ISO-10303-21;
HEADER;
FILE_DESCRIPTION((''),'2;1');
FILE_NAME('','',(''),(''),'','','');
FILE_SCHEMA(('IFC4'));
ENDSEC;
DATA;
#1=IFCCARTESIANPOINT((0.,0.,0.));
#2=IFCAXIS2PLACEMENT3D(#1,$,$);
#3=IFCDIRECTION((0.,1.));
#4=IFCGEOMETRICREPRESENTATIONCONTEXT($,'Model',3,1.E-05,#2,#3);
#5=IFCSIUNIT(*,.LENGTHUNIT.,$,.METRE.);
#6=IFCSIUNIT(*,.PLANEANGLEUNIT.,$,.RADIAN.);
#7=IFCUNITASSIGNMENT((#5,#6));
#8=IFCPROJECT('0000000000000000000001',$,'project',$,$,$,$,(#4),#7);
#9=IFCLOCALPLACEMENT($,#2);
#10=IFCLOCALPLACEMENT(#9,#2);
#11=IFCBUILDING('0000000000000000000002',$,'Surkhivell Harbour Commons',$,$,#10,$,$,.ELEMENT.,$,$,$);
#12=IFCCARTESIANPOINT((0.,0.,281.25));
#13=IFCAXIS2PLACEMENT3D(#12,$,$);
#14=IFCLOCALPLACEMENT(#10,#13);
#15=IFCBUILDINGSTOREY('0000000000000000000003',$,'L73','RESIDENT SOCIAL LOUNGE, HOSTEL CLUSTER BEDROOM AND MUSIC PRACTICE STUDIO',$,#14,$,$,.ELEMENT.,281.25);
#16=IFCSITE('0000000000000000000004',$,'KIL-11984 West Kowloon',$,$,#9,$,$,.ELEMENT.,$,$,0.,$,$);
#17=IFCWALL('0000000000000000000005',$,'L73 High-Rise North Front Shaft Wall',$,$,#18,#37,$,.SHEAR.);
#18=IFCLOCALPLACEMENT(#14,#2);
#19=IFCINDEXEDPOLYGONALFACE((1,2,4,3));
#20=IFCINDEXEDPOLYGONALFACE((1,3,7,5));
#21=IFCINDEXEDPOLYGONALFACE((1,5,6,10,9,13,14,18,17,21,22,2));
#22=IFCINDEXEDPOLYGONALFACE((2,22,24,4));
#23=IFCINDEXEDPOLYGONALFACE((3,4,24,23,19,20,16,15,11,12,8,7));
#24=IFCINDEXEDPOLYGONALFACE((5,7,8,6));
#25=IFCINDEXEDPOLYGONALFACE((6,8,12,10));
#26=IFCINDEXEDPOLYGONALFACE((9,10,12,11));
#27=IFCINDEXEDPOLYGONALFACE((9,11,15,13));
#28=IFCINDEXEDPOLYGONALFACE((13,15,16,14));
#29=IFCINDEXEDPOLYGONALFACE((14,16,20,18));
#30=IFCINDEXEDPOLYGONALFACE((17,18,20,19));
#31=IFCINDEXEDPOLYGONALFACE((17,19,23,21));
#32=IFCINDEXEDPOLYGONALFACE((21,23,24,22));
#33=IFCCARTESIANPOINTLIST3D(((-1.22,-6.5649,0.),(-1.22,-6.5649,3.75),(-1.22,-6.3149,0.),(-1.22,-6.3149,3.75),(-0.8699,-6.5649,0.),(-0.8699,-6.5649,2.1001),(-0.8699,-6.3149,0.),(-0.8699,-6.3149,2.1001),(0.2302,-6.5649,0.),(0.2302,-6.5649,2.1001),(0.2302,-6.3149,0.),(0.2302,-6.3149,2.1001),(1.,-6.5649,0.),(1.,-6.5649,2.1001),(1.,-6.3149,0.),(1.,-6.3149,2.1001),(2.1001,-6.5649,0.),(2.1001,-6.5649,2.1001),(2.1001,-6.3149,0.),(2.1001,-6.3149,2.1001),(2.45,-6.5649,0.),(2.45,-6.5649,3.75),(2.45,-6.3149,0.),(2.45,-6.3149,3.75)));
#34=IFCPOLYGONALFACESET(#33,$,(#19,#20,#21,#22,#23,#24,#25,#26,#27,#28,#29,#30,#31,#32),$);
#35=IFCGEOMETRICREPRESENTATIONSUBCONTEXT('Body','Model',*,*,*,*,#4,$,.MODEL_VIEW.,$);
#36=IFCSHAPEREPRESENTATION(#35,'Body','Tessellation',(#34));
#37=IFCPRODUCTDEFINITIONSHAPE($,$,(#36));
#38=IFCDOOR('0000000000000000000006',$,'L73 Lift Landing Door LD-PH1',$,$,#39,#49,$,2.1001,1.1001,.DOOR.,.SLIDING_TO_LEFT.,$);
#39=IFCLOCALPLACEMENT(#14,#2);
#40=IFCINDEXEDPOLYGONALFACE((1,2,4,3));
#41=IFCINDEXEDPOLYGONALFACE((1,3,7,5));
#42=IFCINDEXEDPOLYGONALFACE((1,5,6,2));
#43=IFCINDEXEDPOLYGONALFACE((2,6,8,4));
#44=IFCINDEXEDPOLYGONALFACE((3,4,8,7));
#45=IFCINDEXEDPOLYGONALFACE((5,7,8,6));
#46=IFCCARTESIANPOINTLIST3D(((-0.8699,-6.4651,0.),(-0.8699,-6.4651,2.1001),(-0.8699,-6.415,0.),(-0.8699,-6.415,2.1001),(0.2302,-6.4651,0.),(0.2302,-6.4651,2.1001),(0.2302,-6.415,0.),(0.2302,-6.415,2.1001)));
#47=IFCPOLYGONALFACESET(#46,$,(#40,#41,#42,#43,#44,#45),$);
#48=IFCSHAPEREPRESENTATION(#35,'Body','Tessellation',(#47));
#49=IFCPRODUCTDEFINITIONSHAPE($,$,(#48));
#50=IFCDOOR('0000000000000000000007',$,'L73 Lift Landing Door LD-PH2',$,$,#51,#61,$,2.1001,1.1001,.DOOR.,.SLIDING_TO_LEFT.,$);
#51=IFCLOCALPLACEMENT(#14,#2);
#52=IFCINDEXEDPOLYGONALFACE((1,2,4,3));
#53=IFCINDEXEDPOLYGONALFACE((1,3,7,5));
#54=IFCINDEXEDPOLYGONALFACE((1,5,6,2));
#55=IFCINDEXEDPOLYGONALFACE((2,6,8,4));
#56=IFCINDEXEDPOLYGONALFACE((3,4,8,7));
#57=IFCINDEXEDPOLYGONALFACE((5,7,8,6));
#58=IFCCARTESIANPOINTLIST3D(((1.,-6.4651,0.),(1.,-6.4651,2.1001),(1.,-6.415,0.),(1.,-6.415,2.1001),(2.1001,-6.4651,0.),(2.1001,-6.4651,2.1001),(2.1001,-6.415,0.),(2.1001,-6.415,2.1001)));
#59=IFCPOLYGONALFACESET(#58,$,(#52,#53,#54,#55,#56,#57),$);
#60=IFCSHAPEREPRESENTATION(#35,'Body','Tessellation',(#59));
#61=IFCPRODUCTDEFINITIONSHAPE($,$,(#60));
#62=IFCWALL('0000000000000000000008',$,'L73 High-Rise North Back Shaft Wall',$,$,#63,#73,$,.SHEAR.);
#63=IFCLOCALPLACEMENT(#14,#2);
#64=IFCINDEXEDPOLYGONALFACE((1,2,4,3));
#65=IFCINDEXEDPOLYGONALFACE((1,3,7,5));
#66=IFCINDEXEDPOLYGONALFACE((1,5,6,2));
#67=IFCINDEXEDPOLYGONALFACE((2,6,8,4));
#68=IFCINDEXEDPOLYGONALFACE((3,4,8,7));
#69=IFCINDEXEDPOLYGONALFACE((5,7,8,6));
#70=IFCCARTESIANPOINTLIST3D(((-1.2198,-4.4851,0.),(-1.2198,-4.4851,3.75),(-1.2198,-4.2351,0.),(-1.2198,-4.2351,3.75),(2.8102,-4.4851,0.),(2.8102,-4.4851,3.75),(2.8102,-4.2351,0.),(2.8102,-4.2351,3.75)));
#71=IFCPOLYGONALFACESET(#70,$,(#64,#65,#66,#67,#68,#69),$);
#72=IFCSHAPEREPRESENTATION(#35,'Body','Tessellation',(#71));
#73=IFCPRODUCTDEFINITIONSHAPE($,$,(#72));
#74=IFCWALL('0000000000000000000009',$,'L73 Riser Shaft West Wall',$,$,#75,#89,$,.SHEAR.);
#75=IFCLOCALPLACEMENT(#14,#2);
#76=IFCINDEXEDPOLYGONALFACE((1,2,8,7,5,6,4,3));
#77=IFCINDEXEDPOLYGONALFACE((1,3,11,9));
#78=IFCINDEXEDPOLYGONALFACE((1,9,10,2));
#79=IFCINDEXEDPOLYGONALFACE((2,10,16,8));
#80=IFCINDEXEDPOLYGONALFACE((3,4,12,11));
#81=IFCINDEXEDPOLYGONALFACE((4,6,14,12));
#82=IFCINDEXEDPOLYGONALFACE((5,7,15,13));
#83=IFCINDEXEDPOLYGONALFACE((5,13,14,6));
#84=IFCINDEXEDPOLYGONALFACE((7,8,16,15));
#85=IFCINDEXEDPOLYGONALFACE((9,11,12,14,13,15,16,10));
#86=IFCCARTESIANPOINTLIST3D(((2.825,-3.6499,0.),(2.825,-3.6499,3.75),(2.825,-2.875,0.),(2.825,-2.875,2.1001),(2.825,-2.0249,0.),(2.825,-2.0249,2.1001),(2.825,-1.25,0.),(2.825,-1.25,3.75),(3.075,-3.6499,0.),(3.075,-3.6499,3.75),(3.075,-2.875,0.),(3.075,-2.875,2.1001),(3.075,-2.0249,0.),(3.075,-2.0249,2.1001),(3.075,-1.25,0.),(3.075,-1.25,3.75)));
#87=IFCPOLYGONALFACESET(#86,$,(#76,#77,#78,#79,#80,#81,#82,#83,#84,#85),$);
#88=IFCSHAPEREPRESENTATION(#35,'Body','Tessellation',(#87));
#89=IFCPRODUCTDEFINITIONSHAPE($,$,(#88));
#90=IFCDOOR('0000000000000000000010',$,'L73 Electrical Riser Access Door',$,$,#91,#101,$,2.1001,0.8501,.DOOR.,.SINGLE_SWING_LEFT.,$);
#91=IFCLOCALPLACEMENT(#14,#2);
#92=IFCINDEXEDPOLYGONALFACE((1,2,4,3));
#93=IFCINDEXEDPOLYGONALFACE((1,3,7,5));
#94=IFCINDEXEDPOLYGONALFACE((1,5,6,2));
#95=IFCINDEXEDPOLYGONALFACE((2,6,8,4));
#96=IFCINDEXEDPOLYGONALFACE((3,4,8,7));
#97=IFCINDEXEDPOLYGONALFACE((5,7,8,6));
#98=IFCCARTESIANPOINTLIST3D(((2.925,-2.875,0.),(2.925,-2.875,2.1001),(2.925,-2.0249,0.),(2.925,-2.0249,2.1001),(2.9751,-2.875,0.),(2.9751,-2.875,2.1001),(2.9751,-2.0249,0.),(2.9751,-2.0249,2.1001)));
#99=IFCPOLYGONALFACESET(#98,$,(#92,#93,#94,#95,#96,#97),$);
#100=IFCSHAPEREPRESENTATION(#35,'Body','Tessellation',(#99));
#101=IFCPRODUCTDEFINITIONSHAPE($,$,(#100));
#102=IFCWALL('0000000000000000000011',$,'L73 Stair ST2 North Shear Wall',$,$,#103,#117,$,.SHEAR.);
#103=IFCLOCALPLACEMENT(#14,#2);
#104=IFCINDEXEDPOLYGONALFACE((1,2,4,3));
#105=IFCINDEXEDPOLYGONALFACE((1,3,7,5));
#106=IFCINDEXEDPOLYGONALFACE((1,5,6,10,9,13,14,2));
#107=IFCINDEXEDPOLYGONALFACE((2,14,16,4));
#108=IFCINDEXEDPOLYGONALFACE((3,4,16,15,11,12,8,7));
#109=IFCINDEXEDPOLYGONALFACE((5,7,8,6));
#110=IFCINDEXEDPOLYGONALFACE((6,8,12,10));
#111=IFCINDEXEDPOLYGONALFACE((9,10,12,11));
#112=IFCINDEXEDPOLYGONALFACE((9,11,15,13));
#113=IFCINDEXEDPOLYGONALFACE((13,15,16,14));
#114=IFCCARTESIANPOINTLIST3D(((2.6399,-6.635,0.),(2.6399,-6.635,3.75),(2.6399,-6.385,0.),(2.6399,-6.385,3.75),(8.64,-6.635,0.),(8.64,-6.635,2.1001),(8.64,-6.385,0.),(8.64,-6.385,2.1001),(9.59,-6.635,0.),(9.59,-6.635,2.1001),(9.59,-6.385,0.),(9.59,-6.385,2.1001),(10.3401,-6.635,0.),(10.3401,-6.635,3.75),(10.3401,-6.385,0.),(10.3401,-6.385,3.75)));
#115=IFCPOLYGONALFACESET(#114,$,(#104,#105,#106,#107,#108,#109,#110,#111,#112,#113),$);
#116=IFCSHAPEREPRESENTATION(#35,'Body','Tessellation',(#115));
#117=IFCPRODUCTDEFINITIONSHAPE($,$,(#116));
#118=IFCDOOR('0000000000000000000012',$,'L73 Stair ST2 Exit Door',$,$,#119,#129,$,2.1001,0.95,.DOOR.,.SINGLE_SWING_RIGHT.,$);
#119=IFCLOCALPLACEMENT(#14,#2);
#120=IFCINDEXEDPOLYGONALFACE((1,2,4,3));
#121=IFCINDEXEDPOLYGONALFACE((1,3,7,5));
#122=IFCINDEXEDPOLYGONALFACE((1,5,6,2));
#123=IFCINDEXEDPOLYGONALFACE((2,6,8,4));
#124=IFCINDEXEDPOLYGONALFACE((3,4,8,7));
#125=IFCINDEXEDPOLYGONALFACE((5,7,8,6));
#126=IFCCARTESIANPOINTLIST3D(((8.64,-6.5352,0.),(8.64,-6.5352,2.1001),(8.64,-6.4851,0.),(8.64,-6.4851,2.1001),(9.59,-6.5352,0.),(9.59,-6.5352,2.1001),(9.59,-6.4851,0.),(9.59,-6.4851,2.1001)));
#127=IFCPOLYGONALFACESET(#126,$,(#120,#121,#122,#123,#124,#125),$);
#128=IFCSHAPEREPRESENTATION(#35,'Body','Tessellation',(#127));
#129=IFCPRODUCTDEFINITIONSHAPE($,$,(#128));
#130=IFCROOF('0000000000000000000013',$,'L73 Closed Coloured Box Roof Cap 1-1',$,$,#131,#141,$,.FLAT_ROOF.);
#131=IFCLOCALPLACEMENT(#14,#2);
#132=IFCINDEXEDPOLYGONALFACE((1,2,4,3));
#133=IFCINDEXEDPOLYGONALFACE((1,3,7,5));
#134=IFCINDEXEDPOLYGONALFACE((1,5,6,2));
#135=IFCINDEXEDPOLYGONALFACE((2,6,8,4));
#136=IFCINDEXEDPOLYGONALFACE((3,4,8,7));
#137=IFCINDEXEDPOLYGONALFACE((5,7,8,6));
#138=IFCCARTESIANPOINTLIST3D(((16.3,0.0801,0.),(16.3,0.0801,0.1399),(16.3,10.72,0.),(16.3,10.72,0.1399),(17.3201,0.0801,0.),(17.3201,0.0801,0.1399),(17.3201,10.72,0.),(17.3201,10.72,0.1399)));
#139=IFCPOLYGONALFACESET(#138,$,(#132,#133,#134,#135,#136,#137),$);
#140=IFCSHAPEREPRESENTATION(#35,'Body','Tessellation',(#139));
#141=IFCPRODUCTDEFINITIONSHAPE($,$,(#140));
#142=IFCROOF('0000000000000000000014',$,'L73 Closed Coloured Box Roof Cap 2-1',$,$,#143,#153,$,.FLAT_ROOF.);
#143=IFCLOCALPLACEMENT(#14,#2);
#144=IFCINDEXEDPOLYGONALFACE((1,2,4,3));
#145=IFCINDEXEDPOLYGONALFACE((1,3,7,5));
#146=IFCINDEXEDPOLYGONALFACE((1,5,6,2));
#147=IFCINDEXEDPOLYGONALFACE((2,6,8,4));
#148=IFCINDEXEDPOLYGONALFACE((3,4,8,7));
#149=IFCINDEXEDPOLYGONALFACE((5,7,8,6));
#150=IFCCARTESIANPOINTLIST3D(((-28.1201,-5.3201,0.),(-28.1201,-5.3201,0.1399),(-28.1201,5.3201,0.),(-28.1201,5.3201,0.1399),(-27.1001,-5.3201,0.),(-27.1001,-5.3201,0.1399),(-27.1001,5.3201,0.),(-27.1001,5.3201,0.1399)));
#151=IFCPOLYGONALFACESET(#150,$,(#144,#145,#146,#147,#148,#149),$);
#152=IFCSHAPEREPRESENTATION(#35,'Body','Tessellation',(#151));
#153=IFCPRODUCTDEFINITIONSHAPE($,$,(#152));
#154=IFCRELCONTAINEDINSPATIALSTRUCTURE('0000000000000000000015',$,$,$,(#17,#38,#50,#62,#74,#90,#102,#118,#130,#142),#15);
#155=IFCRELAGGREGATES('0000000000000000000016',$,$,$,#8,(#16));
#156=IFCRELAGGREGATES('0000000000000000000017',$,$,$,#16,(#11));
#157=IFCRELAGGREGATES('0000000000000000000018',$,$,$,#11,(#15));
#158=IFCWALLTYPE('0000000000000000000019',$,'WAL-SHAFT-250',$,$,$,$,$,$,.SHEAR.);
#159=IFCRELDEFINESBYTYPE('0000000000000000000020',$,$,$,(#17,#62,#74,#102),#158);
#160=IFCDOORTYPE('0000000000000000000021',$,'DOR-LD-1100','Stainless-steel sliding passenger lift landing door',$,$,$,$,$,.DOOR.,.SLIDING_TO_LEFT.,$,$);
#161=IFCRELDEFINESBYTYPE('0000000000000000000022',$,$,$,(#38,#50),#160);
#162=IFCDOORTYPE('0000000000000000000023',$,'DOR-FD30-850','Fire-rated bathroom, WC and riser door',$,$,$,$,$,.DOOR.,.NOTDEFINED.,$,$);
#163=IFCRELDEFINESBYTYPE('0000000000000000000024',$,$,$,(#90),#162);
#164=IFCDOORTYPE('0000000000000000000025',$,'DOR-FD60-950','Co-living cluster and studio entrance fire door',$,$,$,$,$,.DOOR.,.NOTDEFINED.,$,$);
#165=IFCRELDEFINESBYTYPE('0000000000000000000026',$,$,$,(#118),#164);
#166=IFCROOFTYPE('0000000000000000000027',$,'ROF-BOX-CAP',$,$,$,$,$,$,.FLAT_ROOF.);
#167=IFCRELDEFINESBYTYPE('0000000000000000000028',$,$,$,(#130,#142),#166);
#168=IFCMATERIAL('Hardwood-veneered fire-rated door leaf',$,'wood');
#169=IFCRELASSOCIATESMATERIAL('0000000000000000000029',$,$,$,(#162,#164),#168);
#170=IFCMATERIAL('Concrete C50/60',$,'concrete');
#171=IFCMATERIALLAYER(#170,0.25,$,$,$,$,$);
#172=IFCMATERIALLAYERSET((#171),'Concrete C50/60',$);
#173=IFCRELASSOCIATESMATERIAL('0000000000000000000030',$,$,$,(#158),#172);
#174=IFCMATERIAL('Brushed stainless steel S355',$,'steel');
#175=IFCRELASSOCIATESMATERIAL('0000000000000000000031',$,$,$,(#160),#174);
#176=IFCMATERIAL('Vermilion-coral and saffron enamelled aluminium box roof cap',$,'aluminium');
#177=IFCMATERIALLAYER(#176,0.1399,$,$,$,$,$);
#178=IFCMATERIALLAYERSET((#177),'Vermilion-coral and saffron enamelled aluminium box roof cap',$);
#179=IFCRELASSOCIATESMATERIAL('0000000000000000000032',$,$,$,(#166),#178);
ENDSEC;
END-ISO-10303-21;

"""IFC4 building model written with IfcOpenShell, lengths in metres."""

from ifc_helpers import new_model, si_unit, direction, frame, frame_2d, origin, place, context, subcontext, project, spatial, polyline, rectangle, outline, extrude, material, layer, layer_set, type_object, element, fill, save


model = new_model("IFC4")

# Units and contexts
model_context = context("Model", 3, precision=1e-05, world=origin(), true_north=direction((0.0, 1.0)))
body_context = subcontext(model_context, "Body", "Model", "MODEL_VIEW")
ifc_project = project(units=[si_unit("LENGTHUNIT", "METRE"), si_unit("PLANEANGLEUNIT", "RADIAN")], contexts=[model_context])

# Site, building, storey
site_placement = place(None, origin())
site = spatial("IfcSite", under=ifc_project, at=site_placement, Name="KIL-11984 West Kowloon", CompositionType="ELEMENT", RefElevation=0.0)
building_placement = place(site_placement, origin())
building = spatial("IfcBuilding", under=site, at=building_placement, Name="Surkhivell Harbour Commons", CompositionType="ELEMENT")
storey_placement = place(building_placement, frame((0.0, 0.0, 281.25)))
storey = spatial("IfcBuildingStorey", under=building, at=storey_placement, Name="L73", Description="RESIDENT SOCIAL LOUNGE, HOSTEL CLUSTER BEDROOM AND MUSIC PRACTICE STUDIO", CompositionType="ELEMENT", Elevation=281.25)

# Shared definitions
ifc_material_1 = material(Name="Hardwood-veneered fire-rated door leaf", Category="wood")
door_type_1 = type_object("IfcDoorType", Name="DOR-FD30-850", Description="Fire-rated bathroom, WC and riser door", OperationType="NOTDEFINED", PredefinedType="DOOR", material=ifc_material_1)

# Shared definitions
ifc_material_2 = material(Name="Concrete C50/60", Category="concrete")
ifc_layer_1 = layer(ifc_material_2, 0.25)
ifc_layer_set_1 = layer_set([ifc_layer_1], Name="Concrete C50/60")
wall_type_1 = type_object("IfcWallType", Name="WAL-SHAFT-250", PredefinedType="SHEAR", material=ifc_layer_set_1)

# Wall, openings, doors
wall_1_placement = place(storey_placement, frame((-1.22, -6.4399, 0.0), z_axis=(0.0, 0.0, 1.0), x_axis=(1.0, 0.0, 0.0)))
wall_1 = element("IfcWall", 1, at=wall_1_placement, inside=storey, type_object=wall_type_1, Name="L73 High-Rise North Front Shaft Wall", PredefinedType="SHEAR", context=body_context, shape_type="SweptSolid", body=[
    extrude(rectangle(XDim=3.6699, YDim=0.25, at=frame_2d((1.835, 0.0))), origin(), (0.0, 0.0, 1.0), 3.75),
])
opening_1_placement = place(wall_1_placement, frame((0.3501, 0.0, 0.0)))
opening_1 = element("IfcOpeningElement", 2, at=opening_1_placement, cuts=wall_1, PredefinedType="OPENING", context=body_context, shape_type="SweptSolid", body=[
    extrude(rectangle(XDim=1.1001, YDim=2.1001, at=frame_2d((0.55, 1.05))), frame((0.0, 0.135, 0.0), z_axis=(0.0, -1.0, 0.0), x_axis=(1.0, 0.0, 0.0)), (0.0, 0.0, 1.0), 0.27),
])
opening_2_placement = place(wall_1_placement, frame((2.22, 0.0, 0.0)))
opening_2 = element("IfcOpeningElement", 3, at=opening_2_placement, cuts=wall_1, PredefinedType="OPENING", context=body_context, shape_type="SweptSolid", body=[
    extrude(rectangle(XDim=1.1001, YDim=2.1001, at=frame_2d((0.55, 1.05))), frame((0.0, 0.135, 0.0), z_axis=(0.0, -1.0, 0.0), x_axis=(1.0, 0.0, 0.0)), (0.0, 0.0, 1.0), 0.27),
])
ifc_material_3 = material(Name="Brushed stainless steel S355", Category="steel")
door_type_2 = type_object("IfcDoorType", Name="DOR-LD-1100", Description="Stainless-steel sliding passenger lift landing door", OperationType="SLIDING_TO_LEFT", PredefinedType="DOOR", material=ifc_material_3)
door_1_placement = place(opening_1_placement, origin())
door_1 = element("IfcDoor", 4, at=door_1_placement, inside=storey, type_object=door_type_2, Name="L73 Lift Landing Door LD-PH1", OperationType="SLIDING_TO_LEFT", OverallHeight=2.1001, OverallWidth=1.1001, PredefinedType="DOOR", context=body_context, shape_type="SweptSolid", body=[
    extrude(rectangle(XDim=1.1001, YDim=2.1001, at=frame_2d((0.55, 1.05))), frame((0.0, 0.0249, 0.0), z_axis=(0.0, -1.0, 0.0), x_axis=(1.0, 0.0, 0.0)), (0.0, 0.0, 1.0), 0.05),
])
fill(opening_1, door_1)
door_2_placement = place(opening_2_placement, origin())
door_2 = element("IfcDoor", 5, at=door_2_placement, inside=storey, type_object=door_type_2, Name="L73 Lift Landing Door LD-PH2", OperationType="SLIDING_TO_LEFT", OverallHeight=2.1001, OverallWidth=1.1001, PredefinedType="DOOR", context=body_context, shape_type="SweptSolid", body=[
    extrude(rectangle(XDim=1.1001, YDim=2.1001, at=frame_2d((0.55, 1.05))), frame((0.0, 0.0249, 0.0), z_axis=(0.0, -1.0, 0.0), x_axis=(1.0, 0.0, 0.0)), (0.0, 0.0, 1.0), 0.05),
])
fill(opening_2, door_2)

# Wall
wall_2_placement = place(storey_placement, frame((-1.22, -4.3601, 0.0), z_axis=(0.0, 0.0, 1.0), x_axis=(1.0, 0.0, 0.0)))
element("IfcWall", 6, at=wall_2_placement, inside=storey, type_object=wall_type_1, Name="L73 High-Rise North Back Shaft Wall", PredefinedType="SHEAR", context=body_context, shape_type="SweptSolid", body=[
    extrude(rectangle(XDim=4.03, YDim=0.25, at=frame_2d((2.0151, 0.0))), origin(), (0.0, 0.0, 1.0), 3.75),
])

# Walls, openings, doors
wall_3_placement = place(storey_placement, frame((2.95, -3.6499, 0.0), z_axis=(0.0, 0.0, 1.0), x_axis=(0.0, 1.0, 0.0)))
wall_3 = element("IfcWall", 7, at=wall_3_placement, inside=storey, type_object=wall_type_1, Name="L73 Riser Shaft West Wall", PredefinedType="SHEAR", context=body_context, shape_type="SweptSolid", body=[
    extrude(rectangle(XDim=2.3999, YDim=0.25, at=frame_2d((1.2, 0.0))), origin(), (0.0, 0.0, 1.0), 3.75),
])
opening_3_placement = place(wall_3_placement, frame((0.7749, 0.0, 0.0)))
opening_3 = element("IfcOpeningElement", 8, at=opening_3_placement, cuts=wall_3, PredefinedType="OPENING", context=body_context, shape_type="SweptSolid", body=[
    extrude(rectangle(XDim=0.8501, YDim=2.1001, at=frame_2d((0.425, 1.05))), frame((0.0, 0.135, 0.0), z_axis=(0.0, -1.0, 0.0), x_axis=(1.0, 0.0, 0.0)), (0.0, 0.0, 1.0), 0.27),
])
door_3_placement = place(opening_3_placement, origin())
door_3 = element("IfcDoor", 9, at=door_3_placement, inside=storey, type_object=door_type_1, Name="L73 Electrical Riser Access Door", OperationType="SINGLE_SWING_LEFT", OverallHeight=2.1001, OverallWidth=0.8501, PredefinedType="DOOR", context=body_context, shape_type="SweptSolid", body=[
    extrude(rectangle(XDim=0.8501, YDim=2.1001, at=frame_2d((0.425, 1.05))), frame((0.0, 0.0249, 0.0), z_axis=(0.0, -1.0, 0.0), x_axis=(1.0, 0.0, 0.0)), (0.0, 0.0, 1.0), 0.05),
])
fill(opening_3, door_3)
wall_4_placement = place(storey_placement, frame((2.6399, -6.51, 0.0), z_axis=(0.0, 0.0, 1.0), x_axis=(1.0, 0.0, 0.0)))
wall_4 = element("IfcWall", 10, at=wall_4_placement, inside=storey, type_object=wall_type_1, Name="L73 Stair ST2 North Shear Wall", PredefinedType="SHEAR", context=body_context, shape_type="SweptSolid", body=[
    extrude(rectangle(XDim=7.7002, YDim=0.25, at=frame_2d((3.8501, 0.0))), origin(), (0.0, 0.0, 1.0), 3.75),
])
opening_4_placement = place(wall_4_placement, frame((6.0, 0.0, 0.0)))
opening_4 = element("IfcOpeningElement", 11, at=opening_4_placement, cuts=wall_4, PredefinedType="OPENING", context=body_context, shape_type="SweptSolid", body=[
    extrude(rectangle(XDim=0.95, YDim=2.1001, at=frame_2d((0.4751, 1.05))), frame((0.0, 0.135, 0.0), z_axis=(0.0, -1.0, 0.0), x_axis=(1.0, 0.0, 0.0)), (0.0, 0.0, 1.0), 0.27),
])
door_type_3 = type_object("IfcDoorType", Name="DOR-FD60-950", Description="Co-living cluster and studio entrance fire door", OperationType="NOTDEFINED", PredefinedType="DOOR", material=ifc_material_1)
door_4_placement = place(opening_4_placement, origin())
door_4 = element("IfcDoor", 12, at=door_4_placement, inside=storey, type_object=door_type_3, Name="L73 Stair ST2 Exit Door", OperationType="SINGLE_SWING_RIGHT", OverallHeight=2.1001, OverallWidth=0.95, PredefinedType="DOOR", context=body_context, shape_type="SweptSolid", body=[
    extrude(rectangle(XDim=0.95, YDim=2.1001, at=frame_2d((0.4751, 1.05))), frame((0.0, 0.0249, 0.0), z_axis=(0.0, -1.0, 0.0), x_axis=(1.0, 0.0, 0.0)), (0.0, 0.0, 1.0), 0.05),
])
fill(opening_4, door_4)

# Roofs
ifc_material_4 = material(Name="Vermilion-coral and saffron enamelled aluminium box roof cap", Category="aluminium")
ifc_layer_2 = layer(ifc_material_4, 0.1399)
ifc_layer_set_2 = layer_set([ifc_layer_2], Name="Vermilion-coral and saffron enamelled aluminium box roof cap")
roof_type = type_object("IfcRoofType", Name="ROF-BOX-CAP", PredefinedType="FLAT_ROOF", material=ifc_layer_set_2)
roof_1_placement = place(storey_placement, origin())
element("IfcRoof", 13, at=roof_1_placement, inside=storey, type_object=roof_type, Name="L73 Closed Coloured Box Roof Cap 1-1", PredefinedType="FLAT_ROOF", context=body_context, shape_type="SweptSolid", body=[
    extrude(outline(polyline([(16.3, 10.72), (16.3, 0.0801), (17.3201, 0.0801), (17.3201, 10.72), (16.3, 10.72)])), origin(), (0.0, 0.0, 1.0), 0.1399),
])
roof_2_placement = place(storey_placement, origin())
element("IfcRoof", 14, at=roof_2_placement, inside=storey, type_object=roof_type, Name="L73 Closed Coloured Box Roof Cap 2-1", PredefinedType="FLAT_ROOF", context=body_context, shape_type="SweptSolid", body=[
    extrude(outline(polyline([(-27.1001, -5.3201), (-27.1001, 5.3201), (-28.1201, 5.3201), (-28.1201, -5.3201), (-27.1001, -5.3201)])), origin(), (0.0, 0.0, 1.0), 0.1399),
])

save(model, "model.ifc")
